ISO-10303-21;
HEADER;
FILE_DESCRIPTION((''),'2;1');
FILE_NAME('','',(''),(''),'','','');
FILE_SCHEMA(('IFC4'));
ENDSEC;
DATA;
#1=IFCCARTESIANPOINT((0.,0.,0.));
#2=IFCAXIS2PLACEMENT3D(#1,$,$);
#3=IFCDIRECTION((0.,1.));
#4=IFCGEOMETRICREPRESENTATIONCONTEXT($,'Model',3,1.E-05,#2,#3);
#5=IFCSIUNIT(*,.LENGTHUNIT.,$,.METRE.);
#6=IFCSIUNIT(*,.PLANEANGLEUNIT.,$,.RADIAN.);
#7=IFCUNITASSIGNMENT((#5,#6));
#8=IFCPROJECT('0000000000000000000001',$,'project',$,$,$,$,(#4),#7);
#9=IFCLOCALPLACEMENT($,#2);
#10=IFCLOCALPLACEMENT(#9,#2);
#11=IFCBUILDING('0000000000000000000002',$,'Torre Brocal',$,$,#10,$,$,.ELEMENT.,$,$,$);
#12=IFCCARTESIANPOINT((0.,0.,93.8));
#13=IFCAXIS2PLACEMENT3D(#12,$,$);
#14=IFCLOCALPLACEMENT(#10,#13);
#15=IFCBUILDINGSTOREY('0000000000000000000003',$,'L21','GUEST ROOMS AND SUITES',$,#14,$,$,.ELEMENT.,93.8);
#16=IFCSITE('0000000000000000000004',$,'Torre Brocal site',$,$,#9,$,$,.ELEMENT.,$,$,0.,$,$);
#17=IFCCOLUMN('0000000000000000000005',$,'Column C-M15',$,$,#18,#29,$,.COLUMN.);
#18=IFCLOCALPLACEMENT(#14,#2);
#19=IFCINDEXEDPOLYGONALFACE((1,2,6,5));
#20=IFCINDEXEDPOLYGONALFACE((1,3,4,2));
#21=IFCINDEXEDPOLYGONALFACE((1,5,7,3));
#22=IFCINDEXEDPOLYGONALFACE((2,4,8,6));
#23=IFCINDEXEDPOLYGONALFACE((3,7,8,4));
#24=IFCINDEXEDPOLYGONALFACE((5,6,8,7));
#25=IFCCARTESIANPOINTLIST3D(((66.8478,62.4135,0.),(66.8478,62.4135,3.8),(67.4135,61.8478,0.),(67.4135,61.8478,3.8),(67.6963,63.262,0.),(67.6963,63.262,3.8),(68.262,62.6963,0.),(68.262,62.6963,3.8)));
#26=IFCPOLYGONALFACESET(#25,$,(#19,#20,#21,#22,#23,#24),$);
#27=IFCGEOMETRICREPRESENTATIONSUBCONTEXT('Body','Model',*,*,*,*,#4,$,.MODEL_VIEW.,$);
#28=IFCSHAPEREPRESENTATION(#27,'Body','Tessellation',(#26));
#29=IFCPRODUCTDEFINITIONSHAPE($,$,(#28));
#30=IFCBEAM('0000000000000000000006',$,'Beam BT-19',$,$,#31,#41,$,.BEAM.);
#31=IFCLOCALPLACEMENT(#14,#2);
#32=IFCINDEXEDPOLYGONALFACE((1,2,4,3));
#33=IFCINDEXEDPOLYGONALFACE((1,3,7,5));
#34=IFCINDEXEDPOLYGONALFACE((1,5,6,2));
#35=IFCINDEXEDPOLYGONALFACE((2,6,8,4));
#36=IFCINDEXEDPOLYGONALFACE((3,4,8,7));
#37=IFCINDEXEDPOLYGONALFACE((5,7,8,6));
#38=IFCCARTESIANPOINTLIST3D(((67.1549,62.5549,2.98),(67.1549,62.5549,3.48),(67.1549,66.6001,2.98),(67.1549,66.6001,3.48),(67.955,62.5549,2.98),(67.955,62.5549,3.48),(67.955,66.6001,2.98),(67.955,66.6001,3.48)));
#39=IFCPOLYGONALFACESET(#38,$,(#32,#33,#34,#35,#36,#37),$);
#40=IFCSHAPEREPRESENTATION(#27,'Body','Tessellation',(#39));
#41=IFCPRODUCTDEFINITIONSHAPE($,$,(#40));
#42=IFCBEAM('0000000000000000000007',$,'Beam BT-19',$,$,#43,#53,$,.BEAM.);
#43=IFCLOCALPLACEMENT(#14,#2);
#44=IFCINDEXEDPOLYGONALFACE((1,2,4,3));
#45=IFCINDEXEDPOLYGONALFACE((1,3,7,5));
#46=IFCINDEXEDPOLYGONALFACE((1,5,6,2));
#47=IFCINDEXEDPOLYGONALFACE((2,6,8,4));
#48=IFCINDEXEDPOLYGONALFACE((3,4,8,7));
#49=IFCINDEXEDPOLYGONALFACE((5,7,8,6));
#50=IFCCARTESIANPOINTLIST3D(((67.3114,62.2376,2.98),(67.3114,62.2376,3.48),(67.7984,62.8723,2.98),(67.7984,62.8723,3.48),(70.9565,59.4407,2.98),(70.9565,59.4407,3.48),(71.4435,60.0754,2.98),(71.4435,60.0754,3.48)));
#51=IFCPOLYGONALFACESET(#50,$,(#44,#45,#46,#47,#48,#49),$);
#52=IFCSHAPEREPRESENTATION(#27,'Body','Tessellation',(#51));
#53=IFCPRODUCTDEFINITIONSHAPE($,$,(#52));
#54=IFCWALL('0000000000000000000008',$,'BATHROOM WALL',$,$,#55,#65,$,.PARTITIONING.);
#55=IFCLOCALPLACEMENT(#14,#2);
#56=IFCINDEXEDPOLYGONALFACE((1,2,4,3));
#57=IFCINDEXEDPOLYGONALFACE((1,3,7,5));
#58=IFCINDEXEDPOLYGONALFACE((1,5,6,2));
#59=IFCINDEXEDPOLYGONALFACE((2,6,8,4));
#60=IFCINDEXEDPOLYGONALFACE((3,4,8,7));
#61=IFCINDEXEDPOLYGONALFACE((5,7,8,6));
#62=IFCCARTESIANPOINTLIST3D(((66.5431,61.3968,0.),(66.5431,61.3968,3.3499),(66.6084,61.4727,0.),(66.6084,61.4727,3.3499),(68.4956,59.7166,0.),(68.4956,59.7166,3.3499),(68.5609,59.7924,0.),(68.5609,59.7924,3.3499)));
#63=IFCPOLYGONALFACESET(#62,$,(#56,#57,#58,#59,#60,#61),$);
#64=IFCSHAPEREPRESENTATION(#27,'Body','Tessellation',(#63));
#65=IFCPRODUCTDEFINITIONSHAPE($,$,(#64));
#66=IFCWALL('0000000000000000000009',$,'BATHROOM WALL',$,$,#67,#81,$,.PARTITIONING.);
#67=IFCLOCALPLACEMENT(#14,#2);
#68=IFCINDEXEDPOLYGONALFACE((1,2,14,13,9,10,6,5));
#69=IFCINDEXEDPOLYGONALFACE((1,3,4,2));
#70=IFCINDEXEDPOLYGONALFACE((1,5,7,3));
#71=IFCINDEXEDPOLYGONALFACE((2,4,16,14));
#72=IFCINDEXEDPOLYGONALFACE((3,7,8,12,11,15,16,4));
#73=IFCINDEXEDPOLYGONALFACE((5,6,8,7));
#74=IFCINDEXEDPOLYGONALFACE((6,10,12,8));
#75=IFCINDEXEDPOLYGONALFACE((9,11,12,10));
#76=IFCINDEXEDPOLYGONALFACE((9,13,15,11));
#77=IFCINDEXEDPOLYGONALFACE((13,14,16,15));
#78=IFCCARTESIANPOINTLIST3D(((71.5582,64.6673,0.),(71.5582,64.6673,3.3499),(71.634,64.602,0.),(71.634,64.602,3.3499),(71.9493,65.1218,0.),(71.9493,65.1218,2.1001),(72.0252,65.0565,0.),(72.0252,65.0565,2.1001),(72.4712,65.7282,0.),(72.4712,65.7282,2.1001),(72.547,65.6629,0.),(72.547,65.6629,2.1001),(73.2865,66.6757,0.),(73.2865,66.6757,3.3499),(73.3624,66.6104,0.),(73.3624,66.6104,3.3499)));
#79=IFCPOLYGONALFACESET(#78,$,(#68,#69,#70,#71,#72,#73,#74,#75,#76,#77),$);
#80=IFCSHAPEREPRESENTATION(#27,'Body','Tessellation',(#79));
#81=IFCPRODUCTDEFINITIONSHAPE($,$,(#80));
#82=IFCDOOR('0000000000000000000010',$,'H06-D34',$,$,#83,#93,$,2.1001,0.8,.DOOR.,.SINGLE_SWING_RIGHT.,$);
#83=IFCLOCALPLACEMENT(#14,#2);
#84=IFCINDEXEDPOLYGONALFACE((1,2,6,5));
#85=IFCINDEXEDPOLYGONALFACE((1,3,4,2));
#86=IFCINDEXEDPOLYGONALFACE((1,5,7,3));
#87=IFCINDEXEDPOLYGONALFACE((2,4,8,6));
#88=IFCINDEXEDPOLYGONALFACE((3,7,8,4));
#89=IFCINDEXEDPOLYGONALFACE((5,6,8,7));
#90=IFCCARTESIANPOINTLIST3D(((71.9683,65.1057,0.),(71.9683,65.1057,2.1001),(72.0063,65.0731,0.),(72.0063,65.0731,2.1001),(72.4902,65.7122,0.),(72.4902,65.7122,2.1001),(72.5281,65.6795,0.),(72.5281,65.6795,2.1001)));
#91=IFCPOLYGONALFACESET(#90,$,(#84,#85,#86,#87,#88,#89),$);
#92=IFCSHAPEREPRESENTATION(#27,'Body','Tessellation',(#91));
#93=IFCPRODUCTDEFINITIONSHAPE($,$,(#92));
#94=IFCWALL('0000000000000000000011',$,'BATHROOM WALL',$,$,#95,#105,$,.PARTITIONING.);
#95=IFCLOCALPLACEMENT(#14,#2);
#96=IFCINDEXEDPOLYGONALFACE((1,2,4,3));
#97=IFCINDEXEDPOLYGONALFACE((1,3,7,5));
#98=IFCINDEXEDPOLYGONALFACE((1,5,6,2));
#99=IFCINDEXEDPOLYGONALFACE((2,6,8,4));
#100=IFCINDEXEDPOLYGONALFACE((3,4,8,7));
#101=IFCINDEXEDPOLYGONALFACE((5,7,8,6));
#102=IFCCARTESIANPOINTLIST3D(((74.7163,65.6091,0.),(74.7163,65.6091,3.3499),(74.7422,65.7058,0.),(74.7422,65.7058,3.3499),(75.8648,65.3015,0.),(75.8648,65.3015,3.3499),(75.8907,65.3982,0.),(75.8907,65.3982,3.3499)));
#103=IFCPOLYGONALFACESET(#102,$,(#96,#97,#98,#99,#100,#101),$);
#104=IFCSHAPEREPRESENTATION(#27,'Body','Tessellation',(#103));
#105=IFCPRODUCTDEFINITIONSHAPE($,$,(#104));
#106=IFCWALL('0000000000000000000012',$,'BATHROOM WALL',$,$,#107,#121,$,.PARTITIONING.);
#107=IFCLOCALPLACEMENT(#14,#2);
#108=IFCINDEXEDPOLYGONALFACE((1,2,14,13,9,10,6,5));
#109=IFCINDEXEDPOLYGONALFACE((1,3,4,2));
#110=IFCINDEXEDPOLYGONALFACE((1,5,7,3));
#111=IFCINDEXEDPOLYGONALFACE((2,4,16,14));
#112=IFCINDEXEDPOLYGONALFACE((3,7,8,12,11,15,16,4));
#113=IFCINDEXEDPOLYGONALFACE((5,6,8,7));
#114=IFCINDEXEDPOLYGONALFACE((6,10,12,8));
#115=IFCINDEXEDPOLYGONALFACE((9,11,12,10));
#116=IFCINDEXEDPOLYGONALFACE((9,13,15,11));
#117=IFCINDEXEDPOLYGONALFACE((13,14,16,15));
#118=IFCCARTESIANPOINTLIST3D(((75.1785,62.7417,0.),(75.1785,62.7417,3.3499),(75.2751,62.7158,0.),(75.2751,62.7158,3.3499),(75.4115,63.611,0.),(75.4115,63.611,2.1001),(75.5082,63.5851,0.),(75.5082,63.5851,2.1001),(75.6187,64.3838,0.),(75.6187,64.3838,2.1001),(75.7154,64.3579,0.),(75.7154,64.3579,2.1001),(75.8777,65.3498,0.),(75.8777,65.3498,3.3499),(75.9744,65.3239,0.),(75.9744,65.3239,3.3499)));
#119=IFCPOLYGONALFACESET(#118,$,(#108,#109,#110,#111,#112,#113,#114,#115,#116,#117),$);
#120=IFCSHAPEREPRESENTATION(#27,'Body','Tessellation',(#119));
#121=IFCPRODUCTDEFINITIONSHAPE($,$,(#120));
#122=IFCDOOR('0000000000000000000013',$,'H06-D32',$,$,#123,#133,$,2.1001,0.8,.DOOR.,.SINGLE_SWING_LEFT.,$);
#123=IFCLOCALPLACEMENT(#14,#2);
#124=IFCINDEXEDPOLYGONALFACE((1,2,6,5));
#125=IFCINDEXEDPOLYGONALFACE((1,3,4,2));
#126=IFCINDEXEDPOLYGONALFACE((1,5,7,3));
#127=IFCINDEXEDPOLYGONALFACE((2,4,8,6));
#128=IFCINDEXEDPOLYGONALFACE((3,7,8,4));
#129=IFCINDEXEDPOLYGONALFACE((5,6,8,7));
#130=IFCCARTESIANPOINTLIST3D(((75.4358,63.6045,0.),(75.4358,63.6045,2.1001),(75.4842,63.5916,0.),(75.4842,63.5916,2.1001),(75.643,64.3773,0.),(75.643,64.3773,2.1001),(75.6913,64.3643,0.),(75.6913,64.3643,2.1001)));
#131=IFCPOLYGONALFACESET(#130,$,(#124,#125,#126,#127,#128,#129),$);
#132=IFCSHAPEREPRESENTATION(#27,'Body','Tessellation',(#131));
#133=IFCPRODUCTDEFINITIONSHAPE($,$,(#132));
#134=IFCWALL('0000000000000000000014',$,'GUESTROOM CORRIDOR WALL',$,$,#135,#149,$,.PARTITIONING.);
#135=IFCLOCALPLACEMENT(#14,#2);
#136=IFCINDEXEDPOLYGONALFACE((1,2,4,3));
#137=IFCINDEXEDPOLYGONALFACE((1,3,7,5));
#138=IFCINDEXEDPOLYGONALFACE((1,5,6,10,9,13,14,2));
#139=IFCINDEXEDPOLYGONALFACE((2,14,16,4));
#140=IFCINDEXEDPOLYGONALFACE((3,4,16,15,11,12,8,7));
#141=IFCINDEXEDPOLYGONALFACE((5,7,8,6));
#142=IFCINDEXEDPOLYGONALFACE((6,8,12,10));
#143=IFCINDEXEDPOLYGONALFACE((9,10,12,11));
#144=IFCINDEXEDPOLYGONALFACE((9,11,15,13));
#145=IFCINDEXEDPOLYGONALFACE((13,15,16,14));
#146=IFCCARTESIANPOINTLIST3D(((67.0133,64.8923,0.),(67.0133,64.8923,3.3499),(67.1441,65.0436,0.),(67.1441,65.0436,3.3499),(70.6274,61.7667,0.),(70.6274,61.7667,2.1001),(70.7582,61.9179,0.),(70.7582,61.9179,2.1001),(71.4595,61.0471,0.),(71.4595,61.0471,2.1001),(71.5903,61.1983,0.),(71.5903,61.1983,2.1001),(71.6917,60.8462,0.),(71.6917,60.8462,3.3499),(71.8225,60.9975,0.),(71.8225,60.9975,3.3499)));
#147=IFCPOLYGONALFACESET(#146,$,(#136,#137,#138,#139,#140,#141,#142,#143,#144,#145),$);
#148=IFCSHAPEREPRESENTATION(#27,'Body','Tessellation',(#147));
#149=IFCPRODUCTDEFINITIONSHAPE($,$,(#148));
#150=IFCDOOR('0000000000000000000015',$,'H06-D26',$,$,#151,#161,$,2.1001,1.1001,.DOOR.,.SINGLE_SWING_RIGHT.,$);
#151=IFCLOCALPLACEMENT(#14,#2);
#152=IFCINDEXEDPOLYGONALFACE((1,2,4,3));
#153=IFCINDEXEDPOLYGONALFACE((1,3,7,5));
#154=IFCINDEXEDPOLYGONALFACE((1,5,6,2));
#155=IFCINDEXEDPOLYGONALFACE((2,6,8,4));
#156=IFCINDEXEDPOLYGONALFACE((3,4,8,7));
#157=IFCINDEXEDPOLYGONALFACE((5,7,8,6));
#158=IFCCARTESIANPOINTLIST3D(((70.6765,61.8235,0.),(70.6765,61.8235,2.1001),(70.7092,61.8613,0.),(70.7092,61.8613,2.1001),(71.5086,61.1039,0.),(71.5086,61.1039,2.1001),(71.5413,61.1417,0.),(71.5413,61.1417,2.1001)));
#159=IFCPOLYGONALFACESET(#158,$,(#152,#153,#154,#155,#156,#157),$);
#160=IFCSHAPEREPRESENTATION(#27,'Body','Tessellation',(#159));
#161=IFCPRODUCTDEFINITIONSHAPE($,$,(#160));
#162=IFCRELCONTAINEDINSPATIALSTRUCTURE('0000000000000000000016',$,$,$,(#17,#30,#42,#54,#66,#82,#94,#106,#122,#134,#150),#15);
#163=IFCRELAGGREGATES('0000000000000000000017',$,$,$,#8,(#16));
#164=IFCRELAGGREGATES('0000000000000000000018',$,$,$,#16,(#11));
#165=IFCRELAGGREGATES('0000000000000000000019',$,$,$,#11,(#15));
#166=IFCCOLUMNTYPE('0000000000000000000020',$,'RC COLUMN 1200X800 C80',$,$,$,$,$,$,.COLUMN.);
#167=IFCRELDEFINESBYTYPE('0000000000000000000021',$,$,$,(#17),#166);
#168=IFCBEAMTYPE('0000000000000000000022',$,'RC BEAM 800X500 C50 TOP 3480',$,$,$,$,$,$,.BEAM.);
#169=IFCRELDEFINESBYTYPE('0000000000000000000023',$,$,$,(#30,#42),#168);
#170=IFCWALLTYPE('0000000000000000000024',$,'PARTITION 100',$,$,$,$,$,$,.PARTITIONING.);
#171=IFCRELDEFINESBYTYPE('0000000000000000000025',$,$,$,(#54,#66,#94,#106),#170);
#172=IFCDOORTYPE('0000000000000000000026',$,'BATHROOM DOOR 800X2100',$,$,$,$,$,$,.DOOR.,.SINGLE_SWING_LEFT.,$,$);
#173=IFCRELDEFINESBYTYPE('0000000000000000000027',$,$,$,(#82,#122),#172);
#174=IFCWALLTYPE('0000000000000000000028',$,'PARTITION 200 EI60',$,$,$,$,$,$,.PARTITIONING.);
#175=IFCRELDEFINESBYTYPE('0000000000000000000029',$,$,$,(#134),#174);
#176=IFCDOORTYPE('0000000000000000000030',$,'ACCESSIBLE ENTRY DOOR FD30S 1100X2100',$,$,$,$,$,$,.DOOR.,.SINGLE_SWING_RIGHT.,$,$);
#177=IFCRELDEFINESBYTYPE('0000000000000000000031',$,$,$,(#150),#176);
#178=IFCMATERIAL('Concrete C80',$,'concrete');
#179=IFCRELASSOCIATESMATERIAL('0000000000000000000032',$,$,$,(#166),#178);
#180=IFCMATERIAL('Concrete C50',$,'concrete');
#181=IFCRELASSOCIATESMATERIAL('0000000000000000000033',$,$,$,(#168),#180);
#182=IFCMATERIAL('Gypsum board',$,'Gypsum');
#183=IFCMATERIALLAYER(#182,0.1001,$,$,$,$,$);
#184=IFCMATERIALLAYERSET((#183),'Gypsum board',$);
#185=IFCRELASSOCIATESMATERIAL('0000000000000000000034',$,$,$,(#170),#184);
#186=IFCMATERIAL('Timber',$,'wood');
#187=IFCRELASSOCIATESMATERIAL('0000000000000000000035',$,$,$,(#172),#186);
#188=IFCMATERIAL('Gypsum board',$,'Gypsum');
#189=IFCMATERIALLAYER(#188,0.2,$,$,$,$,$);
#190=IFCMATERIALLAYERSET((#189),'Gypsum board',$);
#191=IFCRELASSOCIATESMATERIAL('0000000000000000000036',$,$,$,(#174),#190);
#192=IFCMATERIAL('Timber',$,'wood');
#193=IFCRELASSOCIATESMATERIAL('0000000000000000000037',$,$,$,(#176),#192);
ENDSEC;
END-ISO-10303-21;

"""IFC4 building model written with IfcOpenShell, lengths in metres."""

from ifc_helpers import new_model, si_unit, direction, frame, frame_2d, origin, origin_2d, place, context, subcontext, project, spatial, rectangle, extrude, material, layer, layer_set, material_profile, profile_set, type_object, element, fill, save


model = new_model("IFC4")

# Units and contexts
model_context = context("Model", 3, precision=1e-05, world=origin(), true_north=direction((0.0, 1.0)))
body_context = subcontext(model_context, "Body", "Model", "MODEL_VIEW")
ifc_project = project(units=[si_unit("LENGTHUNIT", "METRE"), si_unit("PLANEANGLEUNIT", "RADIAN")], contexts=[model_context])

# Site, building, storey
site_placement = place(None, origin())
site = spatial("IfcSite", under=ifc_project, at=site_placement, Name="Torre Brocal site", CompositionType="ELEMENT", RefElevation=0.0)
building_placement = place(site_placement, origin())
building = spatial("IfcBuilding", under=site, at=building_placement, Name="Torre Brocal", CompositionType="ELEMENT")
storey_placement = place(building_placement, frame((0.0, 0.0, 93.8)))
storey = spatial("IfcBuildingStorey", under=building, at=storey_placement, Name="L21", Description="GUEST ROOMS AND SUITES", CompositionType="ELEMENT", Elevation=93.8)

# Column
ifc_material_1 = material(Name="Concrete C80", Category="concrete")
ifc_material_profile_1 = material_profile(ifc_material_1, rectangle(XDim=1.2, YDim=0.8, at=origin_2d()), Name="RC 1200X800")
ifc_profile_set_1 = profile_set([ifc_material_profile_1], Name="Concrete C80")
column_type = type_object("IfcColumnType", Name="RC COLUMN 1200X800 C80", PredefinedType="COLUMN", material=ifc_profile_set_1)
column_placement = place(storey_placement, frame((67.5549, 62.5549, 0.0), z_axis=(0.0, 0.0, 1.0), x_axis=(-0.707107, -0.707107, 0.0)))
element("IfcColumn", 1, at=column_placement, inside=storey, type_object=column_type, Name="Column C-M15", PredefinedType="COLUMN", context=body_context, shape_type="SweptSolid", body=[
    extrude(rectangle(XDim=1.2, YDim=0.8, at=origin_2d()), origin(), (0.0, 0.0, 1.0), 3.8),
])

# Beams
ifc_material_2 = material(Name="Concrete C50", Category="concrete")
ifc_material_profile_2 = material_profile(ifc_material_2, rectangle(XDim=0.8, YDim=0.5, at=origin_2d()), Name="RC 800X500")
ifc_profile_set_2 = profile_set([ifc_material_profile_2], Name="Concrete C50")
beam_type = type_object("IfcBeamType", Name="RC BEAM 800X500 C50 TOP 3480", PredefinedType="BEAM", material=ifc_profile_set_2)
beam_1_placement = place(storey_placement, frame((67.5549, 62.5549, 3.23), z_axis=(0.0, 1.0, 0.0), x_axis=(-1.0, 0.0, 0.0)))
element("IfcBeam", 2, at=beam_1_placement, inside=storey, type_object=beam_type, Name="Beam BT-19", PredefinedType="BEAM", context=body_context, shape_type="SweptSolid", body=[
    extrude(rectangle(XDim=0.8, YDim=0.5, at=origin_2d()), origin(), (0.0, 0.0, 1.0), 4.0452),
])
beam_2_placement = place(storey_placement, frame((67.5549, 62.5549, 3.23), z_axis=(0.793358, -0.608755, 0.0), x_axis=(0.608755, 0.793358, 0.0)))
element("IfcBeam", 3, at=beam_2_placement, inside=storey, type_object=beam_type, Name="Beam BT-19", PredefinedType="BEAM", context=body_context, shape_type="SweptSolid", body=[
    extrude(rectangle(XDim=0.8, YDim=0.5, at=origin_2d()), origin(), (0.0, 0.0, 1.0), 4.5945),
])

# Wall
ifc_material_3 = material(Name="Gypsum board", Category="Gypsum")
ifc_layer_1 = layer(ifc_material_3, 0.1001)
ifc_layer_set_1 = layer_set([ifc_layer_1], Name="Gypsum board")
wall_type_1 = type_object("IfcWallType", Name="PARTITION 100", PredefinedType="PARTITIONING", material=ifc_layer_set_1)
wall_1_placement = place(storey_placement, frame((66.5757, 61.4348, 0.0), z_axis=(0.0, 0.0, 1.0), x_axis=(0.757971, -0.652289, 0.0)))
element("IfcWall", 4, at=wall_1_placement, inside=storey, type_object=wall_type_1, Name="BATHROOM WALL", PredefinedType="PARTITIONING", context=body_context, shape_type="SweptSolid", body=[
    extrude(rectangle(XDim=2.5759, YDim=0.1001, at=frame_2d((1.2881, 0.0))), origin(), (0.0, 0.0, 1.0), 3.3499),
])

# Wall, opening, door
wall_2_placement = place(storey_placement, frame((71.5962, 64.6348, 0.0), z_axis=(0.0, 0.0, 1.0), x_axis=(0.652285, 0.757974, 0.0)))
wall_2 = element("IfcWall", 5, at=wall_2_placement, inside=storey, type_object=wall_type_1, Name="BATHROOM WALL", PredefinedType="PARTITIONING", context=body_context, shape_type="SweptSolid", body=[
    extrude(rectangle(XDim=2.6497, YDim=0.1001, at=frame_2d((1.3247, 0.0))), origin(), (0.0, 0.0, 1.0), 3.3499),
])
opening_1_placement = place(wall_2_placement, frame((0.5996, 0.0, 0.0)))
opening_1 = element("IfcOpeningElement", 6, at=opening_1_placement, cuts=wall_2, PredefinedType="OPENING", context=body_context, shape_type="SweptSolid", body=[
    extrude(rectangle(XDim=0.8, YDim=2.1001, at=frame_2d((0.3999, 1.05))), frame((0.0, 0.0601, 0.0), z_axis=(0.0, -1.0, 0.0), x_axis=(1.0, 0.0, 0.0)), (0.0, 0.0, 1.0), 0.1201),
])
ifc_material_4 = material(Name="Timber", Category="wood")
door_type_1 = type_object("IfcDoorType", Name="BATHROOM DOOR 800X2100", OperationType="SINGLE_SWING_LEFT", PredefinedType="DOOR", material=ifc_material_4)
door_1_placement = place(opening_1_placement, frame((0.8, 0.0, 0.0), z_axis=(0.0, 0.0, 1.0), x_axis=(-1.0, 0.0, 0.0)))
door_1 = element("IfcDoor", 7, at=door_1_placement, inside=storey, type_object=door_type_1, Name="H06-D34", OperationType="SINGLE_SWING_RIGHT", OverallHeight=2.1001, OverallWidth=0.8, PredefinedType="DOOR", context=body_context, shape_type="SweptSolid", body=[
    extrude(rectangle(XDim=0.8, YDim=2.1001, at=frame_2d((0.3999, 1.05))), frame((0.0, 0.0249, 0.0), z_axis=(0.0, -1.0, 0.0), x_axis=(1.0, 0.0, 0.0)), (0.0, 0.0, 1.0), 0.05),
])
fill(opening_1, door_1)

# Wall
wall_3_placement = place(storey_placement, frame((74.7292, 65.6575, 0.0), z_axis=(0.0, 0.0, 1.0), x_axis=(0.965948, -0.258736, 0.0)))
element("IfcWall", 8, at=wall_3_placement, inside=storey, type_object=wall_type_1, Name="BATHROOM WALL", PredefinedType="PARTITIONING", context=body_context, shape_type="SweptSolid", body=[
    extrude(rectangle(XDim=1.189, YDim=0.1001, at=frame_2d((0.5945, 0.0))), origin(), (0.0, 0.0, 1.0), 3.3499),
])

# Walls, openings, doors
wall_4_placement = place(storey_placement, frame((75.2268, 62.7288, 0.0), z_axis=(0.0, 0.0, 1.0), x_axis=(0.258945, 0.965892, 0.0)))
wall_4 = element("IfcWall", 9, at=wall_4_placement, inside=storey, type_object=wall_type_1, Name="BATHROOM WALL", PredefinedType="PARTITIONING", context=body_context, shape_type="SweptSolid", body=[
    extrude(rectangle(XDim=2.7002, YDim=0.1001, at=frame_2d((1.3501, 0.0))), origin(), (0.0, 0.0, 1.0), 3.3499),
])
opening_2_placement = place(wall_4_placement, frame((0.9001, 0.0, 0.0)))
opening_2 = element("IfcOpeningElement", 10, at=opening_2_placement, cuts=wall_4, PredefinedType="OPENING", context=body_context, shape_type="SweptSolid", body=[
    extrude(rectangle(XDim=0.8, YDim=2.1001, at=frame_2d((0.3999, 1.05))), frame((0.0, 0.0601, 0.0), z_axis=(0.0, -1.0, 0.0), x_axis=(1.0, 0.0, 0.0)), (0.0, 0.0, 1.0), 0.1201),
])
door_2_placement = place(opening_2_placement, origin())
door_2 = element("IfcDoor", 11, at=door_2_placement, inside=storey, type_object=door_type_1, Name="H06-D32", OperationType="SINGLE_SWING_LEFT", OverallHeight=2.1001, OverallWidth=0.8, PredefinedType="DOOR", context=body_context, shape_type="SweptSolid", body=[
    extrude(rectangle(XDim=0.8, YDim=2.1001, at=frame_2d((0.3999, 1.05))), frame((0.0, 0.0249, 0.0), z_axis=(0.0, -1.0, 0.0), x_axis=(1.0, 0.0, 0.0)), (0.0, 0.0, 1.0), 0.05),
])
fill(opening_2, door_2)
ifc_material_5 = material(Name="Gypsum board", Category="Gypsum")
ifc_layer_2 = layer(ifc_material_5, 0.2)
ifc_layer_set_2 = layer_set([ifc_layer_2], Name="Gypsum board")
wall_type_2 = type_object("IfcWallType", Name="PARTITION 200 EI60", PredefinedType="PARTITIONING", material=ifc_layer_set_2)
wall_5_placement = place(storey_placement, frame((67.0786, 64.968, 0.0), z_axis=(0.0, 0.0, 1.0), x_axis=(0.756371, -0.654143, 0.0)))
wall_5 = element("IfcWall", 12, at=wall_5_placement, inside=storey, type_object=wall_type_2, Name="GUESTROOM CORRIDOR WALL", PredefinedType="PARTITIONING", context=body_context, shape_type="SweptSolid", body=[
    extrude(rectangle(XDim=6.1853, YDim=0.2, at=frame_2d((3.0928, 0.0))), origin(), (0.0, 0.0, 1.0), 3.3499),
])
opening_3_placement = place(wall_5_placement, frame((4.7783, 0.0, 0.0)))
opening_3 = element("IfcOpeningElement", 13, at=opening_3_placement, cuts=wall_5, PredefinedType="OPENING", context=body_context, shape_type="SweptSolid", body=[
    extrude(rectangle(XDim=1.1001, YDim=2.1001, at=frame_2d((0.55, 1.05))), frame((0.0, 0.1099, 0.0), z_axis=(0.0, -1.0, 0.0), x_axis=(1.0, 0.0, 0.0)), (0.0, 0.0, 1.0), 0.22),
])
ifc_material_6 = material(Name="Timber", Category="wood")
door_type_2 = type_object("IfcDoorType", Name="ACCESSIBLE ENTRY DOOR FD30S 1100X2100", OperationType="SINGLE_SWING_RIGHT", PredefinedType="DOOR", material=ifc_material_6)
door_3_placement = place(opening_3_placement, frame((1.1001, 0.0, 0.0), z_axis=(0.0, 0.0, 1.0), x_axis=(-1.0, 0.0, 0.0)))
door_3 = element("IfcDoor", 14, at=door_3_placement, inside=storey, type_object=door_type_2, Name="H06-D26", OperationType="SINGLE_SWING_RIGHT", OverallHeight=2.1001, OverallWidth=1.1001, PredefinedType="DOOR", context=body_context, shape_type="SweptSolid", body=[
    extrude(rectangle(XDim=1.1001, YDim=2.1001, at=frame_2d((0.55, 1.05))), frame((0.0, 0.0249, 0.0), z_axis=(0.0, -1.0, 0.0), x_axis=(1.0, 0.0, 0.0)), (0.0, 0.0, 1.0), 0.05),
])
fill(opening_3, door_3)

save(model, "model.ifc")
